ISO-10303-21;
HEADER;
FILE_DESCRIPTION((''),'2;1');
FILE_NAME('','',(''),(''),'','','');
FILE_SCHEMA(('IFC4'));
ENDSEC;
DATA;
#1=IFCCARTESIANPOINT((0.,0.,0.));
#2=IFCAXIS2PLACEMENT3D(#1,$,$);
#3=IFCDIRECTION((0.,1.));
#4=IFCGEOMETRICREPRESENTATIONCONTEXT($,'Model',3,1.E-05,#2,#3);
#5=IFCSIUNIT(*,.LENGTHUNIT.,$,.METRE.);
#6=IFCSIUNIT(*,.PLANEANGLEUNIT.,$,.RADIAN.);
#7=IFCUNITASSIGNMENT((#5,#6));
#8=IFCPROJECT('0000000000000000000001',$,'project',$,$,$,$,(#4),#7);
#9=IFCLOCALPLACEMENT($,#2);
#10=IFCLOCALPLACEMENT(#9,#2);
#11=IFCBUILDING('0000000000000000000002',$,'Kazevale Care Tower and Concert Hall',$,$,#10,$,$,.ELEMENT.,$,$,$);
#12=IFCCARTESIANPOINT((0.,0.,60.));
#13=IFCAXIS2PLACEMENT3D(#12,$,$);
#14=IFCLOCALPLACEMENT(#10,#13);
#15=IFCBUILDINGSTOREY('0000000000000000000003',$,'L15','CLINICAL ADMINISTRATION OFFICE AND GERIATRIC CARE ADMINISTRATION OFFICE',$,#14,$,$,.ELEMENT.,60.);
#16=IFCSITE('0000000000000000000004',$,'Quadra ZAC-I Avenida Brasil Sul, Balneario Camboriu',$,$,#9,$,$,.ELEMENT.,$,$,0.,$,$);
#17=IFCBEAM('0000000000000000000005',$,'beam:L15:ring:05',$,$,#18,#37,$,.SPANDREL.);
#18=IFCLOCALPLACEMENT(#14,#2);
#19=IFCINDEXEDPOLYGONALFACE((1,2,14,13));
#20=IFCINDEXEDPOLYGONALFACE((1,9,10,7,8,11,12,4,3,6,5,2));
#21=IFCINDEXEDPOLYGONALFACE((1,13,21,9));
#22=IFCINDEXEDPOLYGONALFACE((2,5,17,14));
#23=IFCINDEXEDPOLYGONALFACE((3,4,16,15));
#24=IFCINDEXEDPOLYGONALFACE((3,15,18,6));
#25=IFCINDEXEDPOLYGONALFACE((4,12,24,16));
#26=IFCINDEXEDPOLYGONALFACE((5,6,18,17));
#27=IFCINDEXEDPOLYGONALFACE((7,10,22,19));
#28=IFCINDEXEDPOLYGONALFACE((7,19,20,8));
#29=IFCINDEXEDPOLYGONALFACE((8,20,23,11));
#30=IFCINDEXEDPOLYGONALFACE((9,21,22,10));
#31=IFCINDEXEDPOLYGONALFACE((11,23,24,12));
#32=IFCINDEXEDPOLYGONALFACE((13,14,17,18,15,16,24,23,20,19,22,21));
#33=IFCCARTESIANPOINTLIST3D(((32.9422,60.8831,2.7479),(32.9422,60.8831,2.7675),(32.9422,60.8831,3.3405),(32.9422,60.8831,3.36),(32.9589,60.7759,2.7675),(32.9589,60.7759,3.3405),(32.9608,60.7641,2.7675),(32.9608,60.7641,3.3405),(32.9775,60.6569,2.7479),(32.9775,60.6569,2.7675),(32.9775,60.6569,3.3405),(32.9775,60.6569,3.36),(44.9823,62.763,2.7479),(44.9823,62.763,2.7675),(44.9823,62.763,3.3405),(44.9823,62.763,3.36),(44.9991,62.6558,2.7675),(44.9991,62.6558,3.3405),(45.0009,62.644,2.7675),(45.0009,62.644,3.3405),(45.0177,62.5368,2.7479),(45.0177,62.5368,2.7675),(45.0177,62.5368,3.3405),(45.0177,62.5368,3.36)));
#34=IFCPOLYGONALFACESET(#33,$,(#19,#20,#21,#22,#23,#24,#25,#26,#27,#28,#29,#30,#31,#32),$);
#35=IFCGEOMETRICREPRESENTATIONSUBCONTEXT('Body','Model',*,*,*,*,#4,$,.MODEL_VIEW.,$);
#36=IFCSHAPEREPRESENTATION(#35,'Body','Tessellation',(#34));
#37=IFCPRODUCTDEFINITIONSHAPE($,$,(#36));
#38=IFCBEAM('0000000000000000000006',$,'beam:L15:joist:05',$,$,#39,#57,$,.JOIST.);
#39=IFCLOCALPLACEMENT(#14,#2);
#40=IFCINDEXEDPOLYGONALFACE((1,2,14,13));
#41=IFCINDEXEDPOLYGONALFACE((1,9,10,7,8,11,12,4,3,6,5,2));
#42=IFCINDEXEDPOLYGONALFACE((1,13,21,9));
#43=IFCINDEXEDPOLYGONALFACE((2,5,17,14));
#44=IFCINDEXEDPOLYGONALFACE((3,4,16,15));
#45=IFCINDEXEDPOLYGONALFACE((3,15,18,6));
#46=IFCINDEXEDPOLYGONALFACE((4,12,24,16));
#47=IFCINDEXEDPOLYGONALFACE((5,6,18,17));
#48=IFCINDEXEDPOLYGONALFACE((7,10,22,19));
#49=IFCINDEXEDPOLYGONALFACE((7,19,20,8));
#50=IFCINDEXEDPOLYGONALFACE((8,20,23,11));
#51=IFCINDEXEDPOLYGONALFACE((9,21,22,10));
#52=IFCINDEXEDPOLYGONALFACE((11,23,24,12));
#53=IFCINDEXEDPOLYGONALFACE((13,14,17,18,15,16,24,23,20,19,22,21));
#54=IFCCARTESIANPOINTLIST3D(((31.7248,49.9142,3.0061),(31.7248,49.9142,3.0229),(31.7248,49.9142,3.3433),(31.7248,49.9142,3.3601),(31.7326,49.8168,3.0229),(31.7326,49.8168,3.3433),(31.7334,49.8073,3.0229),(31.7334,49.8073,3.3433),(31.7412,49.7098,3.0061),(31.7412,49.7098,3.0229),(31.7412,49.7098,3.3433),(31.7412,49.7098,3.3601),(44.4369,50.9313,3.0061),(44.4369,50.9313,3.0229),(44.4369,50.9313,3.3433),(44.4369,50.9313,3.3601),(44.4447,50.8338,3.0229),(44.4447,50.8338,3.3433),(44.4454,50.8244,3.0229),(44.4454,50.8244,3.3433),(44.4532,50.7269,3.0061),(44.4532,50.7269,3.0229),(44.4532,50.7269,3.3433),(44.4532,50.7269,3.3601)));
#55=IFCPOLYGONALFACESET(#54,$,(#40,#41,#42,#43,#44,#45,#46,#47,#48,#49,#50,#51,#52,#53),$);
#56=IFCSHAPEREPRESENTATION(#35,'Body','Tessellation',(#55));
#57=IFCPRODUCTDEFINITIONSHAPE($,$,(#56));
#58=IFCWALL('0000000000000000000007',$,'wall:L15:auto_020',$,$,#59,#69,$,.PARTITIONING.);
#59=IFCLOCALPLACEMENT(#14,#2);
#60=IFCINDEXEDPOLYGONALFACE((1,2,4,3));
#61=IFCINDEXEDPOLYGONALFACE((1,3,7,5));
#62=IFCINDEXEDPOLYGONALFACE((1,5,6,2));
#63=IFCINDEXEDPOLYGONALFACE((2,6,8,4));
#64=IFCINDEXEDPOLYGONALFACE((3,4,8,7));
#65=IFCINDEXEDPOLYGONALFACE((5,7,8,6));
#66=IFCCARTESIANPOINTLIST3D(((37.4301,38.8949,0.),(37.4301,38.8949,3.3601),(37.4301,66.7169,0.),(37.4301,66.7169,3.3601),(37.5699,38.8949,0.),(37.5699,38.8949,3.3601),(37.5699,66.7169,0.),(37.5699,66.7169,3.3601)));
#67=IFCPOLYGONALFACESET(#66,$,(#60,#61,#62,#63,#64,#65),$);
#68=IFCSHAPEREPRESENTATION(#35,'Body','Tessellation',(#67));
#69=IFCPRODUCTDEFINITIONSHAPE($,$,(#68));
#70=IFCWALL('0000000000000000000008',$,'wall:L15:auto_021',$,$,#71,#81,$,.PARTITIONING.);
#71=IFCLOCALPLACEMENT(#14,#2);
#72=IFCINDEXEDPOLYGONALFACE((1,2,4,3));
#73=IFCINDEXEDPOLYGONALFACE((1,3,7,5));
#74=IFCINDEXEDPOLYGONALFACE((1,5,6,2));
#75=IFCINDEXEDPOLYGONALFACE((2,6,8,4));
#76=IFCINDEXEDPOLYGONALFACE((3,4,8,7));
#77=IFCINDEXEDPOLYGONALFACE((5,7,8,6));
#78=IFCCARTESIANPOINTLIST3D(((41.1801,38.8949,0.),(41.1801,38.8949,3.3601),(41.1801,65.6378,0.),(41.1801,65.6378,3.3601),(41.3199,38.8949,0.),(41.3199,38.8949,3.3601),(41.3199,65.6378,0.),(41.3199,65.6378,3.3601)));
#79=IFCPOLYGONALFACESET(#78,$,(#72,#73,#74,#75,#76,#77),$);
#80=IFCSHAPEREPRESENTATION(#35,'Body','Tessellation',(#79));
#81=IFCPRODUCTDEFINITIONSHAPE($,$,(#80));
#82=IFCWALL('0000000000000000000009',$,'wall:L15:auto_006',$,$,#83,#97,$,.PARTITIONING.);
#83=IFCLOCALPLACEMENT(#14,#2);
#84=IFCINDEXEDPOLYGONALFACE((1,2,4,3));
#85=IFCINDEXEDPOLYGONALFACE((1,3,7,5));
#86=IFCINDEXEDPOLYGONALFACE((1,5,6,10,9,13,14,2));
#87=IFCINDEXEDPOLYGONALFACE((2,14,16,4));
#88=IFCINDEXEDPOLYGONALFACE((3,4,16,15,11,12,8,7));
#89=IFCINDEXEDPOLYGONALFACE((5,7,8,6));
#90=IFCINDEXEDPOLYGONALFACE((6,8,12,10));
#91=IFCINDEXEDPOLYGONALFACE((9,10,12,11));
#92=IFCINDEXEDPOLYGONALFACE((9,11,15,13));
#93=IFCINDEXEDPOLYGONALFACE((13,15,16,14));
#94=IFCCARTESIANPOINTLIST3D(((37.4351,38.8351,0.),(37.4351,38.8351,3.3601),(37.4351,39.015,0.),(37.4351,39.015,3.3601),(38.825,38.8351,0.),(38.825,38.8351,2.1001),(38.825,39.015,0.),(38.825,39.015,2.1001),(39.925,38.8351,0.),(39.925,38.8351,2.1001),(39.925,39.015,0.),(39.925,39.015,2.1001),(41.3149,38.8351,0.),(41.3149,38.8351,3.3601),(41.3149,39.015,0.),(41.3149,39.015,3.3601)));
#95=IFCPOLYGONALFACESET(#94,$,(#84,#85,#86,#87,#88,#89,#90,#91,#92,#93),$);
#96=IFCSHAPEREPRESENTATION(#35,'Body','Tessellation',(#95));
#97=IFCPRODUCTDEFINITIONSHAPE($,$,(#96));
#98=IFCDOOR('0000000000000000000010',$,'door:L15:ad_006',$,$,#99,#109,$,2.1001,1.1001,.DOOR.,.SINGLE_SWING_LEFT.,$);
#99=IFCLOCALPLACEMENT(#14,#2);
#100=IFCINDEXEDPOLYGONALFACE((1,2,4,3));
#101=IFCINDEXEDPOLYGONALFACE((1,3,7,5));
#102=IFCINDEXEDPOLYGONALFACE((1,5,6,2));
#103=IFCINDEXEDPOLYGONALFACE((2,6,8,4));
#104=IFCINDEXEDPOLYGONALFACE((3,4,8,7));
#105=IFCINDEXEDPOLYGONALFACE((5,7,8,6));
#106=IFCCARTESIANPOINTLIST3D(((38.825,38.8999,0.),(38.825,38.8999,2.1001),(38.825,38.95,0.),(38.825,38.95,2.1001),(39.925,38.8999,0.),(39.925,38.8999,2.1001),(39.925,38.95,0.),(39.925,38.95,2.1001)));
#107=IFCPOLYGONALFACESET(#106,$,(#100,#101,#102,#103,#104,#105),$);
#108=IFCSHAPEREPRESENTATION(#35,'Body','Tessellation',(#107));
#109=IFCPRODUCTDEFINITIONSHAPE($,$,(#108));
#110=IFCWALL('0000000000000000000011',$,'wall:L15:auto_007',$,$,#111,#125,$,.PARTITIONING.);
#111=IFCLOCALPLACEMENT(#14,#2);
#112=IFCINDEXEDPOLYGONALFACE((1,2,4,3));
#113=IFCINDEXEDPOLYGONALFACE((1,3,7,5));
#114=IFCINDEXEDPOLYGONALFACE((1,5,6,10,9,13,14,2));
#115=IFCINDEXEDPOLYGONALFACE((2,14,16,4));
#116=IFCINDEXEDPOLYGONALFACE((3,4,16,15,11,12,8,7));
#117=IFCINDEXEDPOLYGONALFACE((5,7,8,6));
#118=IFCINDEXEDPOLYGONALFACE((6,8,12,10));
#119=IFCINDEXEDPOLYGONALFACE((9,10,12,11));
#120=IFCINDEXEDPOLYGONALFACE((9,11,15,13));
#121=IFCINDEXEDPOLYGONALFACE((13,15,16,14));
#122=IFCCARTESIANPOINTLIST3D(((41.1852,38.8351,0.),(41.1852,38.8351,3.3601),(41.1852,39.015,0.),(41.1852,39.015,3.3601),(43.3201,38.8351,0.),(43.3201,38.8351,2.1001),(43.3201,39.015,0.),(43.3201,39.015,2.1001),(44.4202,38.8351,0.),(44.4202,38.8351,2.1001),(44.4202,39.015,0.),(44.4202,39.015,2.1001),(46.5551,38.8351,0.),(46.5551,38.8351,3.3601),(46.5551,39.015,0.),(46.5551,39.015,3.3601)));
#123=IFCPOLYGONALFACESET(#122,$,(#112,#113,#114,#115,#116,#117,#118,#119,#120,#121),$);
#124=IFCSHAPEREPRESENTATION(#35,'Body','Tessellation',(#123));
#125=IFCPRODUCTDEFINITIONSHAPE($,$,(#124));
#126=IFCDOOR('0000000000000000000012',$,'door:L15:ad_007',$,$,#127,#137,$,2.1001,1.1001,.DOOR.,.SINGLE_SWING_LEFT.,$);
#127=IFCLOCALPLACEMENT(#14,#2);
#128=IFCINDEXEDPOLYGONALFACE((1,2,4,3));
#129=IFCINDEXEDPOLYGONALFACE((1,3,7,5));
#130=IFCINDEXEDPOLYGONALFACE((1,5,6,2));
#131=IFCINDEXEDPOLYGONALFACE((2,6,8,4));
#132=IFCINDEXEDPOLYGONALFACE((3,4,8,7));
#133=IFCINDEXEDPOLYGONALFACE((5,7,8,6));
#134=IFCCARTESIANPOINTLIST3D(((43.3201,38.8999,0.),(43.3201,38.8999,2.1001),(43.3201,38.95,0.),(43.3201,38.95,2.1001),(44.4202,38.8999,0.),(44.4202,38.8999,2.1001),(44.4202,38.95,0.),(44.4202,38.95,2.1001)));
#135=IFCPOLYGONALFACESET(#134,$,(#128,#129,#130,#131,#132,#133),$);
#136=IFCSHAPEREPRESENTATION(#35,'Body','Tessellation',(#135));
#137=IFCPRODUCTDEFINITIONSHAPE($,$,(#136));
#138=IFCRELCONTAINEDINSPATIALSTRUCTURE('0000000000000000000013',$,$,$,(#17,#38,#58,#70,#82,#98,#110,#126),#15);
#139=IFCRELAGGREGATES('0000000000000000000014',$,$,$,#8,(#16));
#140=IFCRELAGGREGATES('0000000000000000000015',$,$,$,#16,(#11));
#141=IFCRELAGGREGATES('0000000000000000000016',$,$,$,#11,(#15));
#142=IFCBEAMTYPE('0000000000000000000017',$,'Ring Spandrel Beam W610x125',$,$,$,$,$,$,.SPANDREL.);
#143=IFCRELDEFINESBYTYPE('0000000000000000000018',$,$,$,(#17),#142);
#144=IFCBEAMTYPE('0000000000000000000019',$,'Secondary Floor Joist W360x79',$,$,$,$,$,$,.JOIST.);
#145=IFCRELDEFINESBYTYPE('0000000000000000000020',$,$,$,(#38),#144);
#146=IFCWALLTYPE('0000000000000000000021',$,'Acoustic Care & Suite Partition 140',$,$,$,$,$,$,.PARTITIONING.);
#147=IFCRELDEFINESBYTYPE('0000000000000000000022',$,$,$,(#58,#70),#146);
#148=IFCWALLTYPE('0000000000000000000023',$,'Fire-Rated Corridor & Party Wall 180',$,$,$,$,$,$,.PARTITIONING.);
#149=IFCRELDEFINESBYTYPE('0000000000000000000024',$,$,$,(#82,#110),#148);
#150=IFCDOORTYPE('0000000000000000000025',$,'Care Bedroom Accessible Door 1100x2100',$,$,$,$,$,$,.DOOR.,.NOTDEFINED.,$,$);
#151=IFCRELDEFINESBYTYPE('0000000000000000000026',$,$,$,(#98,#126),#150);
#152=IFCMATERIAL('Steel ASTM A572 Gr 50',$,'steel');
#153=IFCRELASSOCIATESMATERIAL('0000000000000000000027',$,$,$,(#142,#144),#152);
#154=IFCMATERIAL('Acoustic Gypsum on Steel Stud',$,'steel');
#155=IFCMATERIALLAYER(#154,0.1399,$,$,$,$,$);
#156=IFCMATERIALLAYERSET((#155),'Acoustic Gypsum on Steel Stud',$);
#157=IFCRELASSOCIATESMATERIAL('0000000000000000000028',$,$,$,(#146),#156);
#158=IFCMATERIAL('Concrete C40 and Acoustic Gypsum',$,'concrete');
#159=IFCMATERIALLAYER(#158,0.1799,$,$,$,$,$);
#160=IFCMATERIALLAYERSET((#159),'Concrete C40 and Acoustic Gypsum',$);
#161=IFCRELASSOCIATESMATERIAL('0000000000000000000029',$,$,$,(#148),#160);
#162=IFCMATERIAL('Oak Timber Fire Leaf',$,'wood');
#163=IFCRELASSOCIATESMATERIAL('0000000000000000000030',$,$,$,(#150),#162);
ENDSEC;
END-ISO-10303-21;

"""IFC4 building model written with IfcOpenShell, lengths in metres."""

from ifc_helpers import new_model, si_unit, direction, frame, frame_2d, origin, origin_2d, place, context, subcontext, project, spatial, rectangle, i_section, extrude, material, layer, layer_set, material_profile, profile_set, type_object, element, fill, save


model = new_model("IFC4")

# Units and contexts
model_context = context("Model", 3, precision=1e-05, world=origin(), true_north=direction((0.0, 1.0)))
body_context = subcontext(model_context, "Body", "Model", "MODEL_VIEW")
ifc_project = project(units=[si_unit("LENGTHUNIT", "METRE"), si_unit("PLANEANGLEUNIT", "RADIAN")], contexts=[model_context])

# Site, building, storey
site_placement = place(None, origin())
site = spatial("IfcSite", under=ifc_project, at=site_placement, Name="Quadra ZAC-I Avenida Brasil Sul, Balneario Camboriu", CompositionType="ELEMENT", RefElevation=0.0)
building_placement = place(site_placement, origin())
building = spatial("IfcBuilding", under=site, at=building_placement, Name="Kazevale Care Tower and Concert Hall", CompositionType="ELEMENT")
storey_placement = place(building_placement, frame((0.0, 0.0, 60.0)))
storey = spatial("IfcBuildingStorey", under=building, at=storey_placement, Name="L15", Description="CLINICAL ADMINISTRATION OFFICE AND GERIATRIC CARE ADMINISTRATION OFFICE", CompositionType="ELEMENT", Elevation=60.0)

# Beams
ifc_material_1 = material(Name="Steel ASTM A572 Gr 50", Category="steel")
ifc_material_profile_1 = material_profile(ifc_material_1, i_section(OverallWidth=0.229, OverallDepth=0.6121, WebThickness=0.012, FlangeThickness=0.0195, at=origin_2d()), Name="W610x125")
ifc_profile_set_1 = profile_set([ifc_material_profile_1], Name="Steel ASTM A572 Gr 50")
beam_type_1 = type_object("IfcBeamType", Name="Ring Spandrel Beam W610x125", PredefinedType="SPANDREL", material=ifc_profile_set_1)
beam_1_placement = place(storey_placement, frame((45.0, 62.6499, 3.054), z_axis=(-0.988029, -0.154267, 0.0), x_axis=(0.154267, -0.988029, 0.0)))
element("IfcBeam", 1, at=beam_1_placement, inside=storey, type_object=beam_type_1, Name="beam:L15:ring:05", PredefinedType="SPANDREL", context=body_context, shape_type="SweptSolid", body=[
    extrude(i_section(OverallWidth=0.229, OverallDepth=0.6121, WebThickness=0.012, FlangeThickness=0.0195, at=origin_2d()), origin(), (0.0, 0.0, 1.0), 12.186),
])
ifc_material_profile_2 = material_profile(ifc_material_1, i_section(OverallWidth=0.2051, OverallDepth=0.354, WebThickness=0.0095, FlangeThickness=0.0168, at=origin_2d()), Name="W360x79")
ifc_profile_set_2 = profile_set([ifc_material_profile_2], Name="Steel ASTM A572 Gr 50")
beam_type_2 = type_object("IfcBeamType", Name="Secondary Floor Joist W360x79", PredefinedType="JOIST", material=ifc_profile_set_2)
beam_2_placement = place(storey_placement, frame((44.4451, 50.8291, 3.1831), z_axis=(-0.996815, -0.079754, 0.0), x_axis=(0.079754, -0.996815, 0.0)))
element("IfcBeam", 2, at=beam_2_placement, inside=storey, type_object=beam_type_2, Name="beam:L15:joist:05", PredefinedType="JOIST", context=body_context, shape_type="SweptSolid", body=[
    extrude(i_section(OverallWidth=0.2051, OverallDepth=0.354, WebThickness=0.0095, FlangeThickness=0.0168, at=origin_2d()), origin(), (0.0, 0.0, 1.0), 12.7527),
])

# Walls
ifc_material_2 = material(Name="Acoustic Gypsum on Steel Stud", Category="steel")
ifc_layer_1 = layer(ifc_material_2, 0.1399)
ifc_layer_set_1 = layer_set([ifc_layer_1], Name="Acoustic Gypsum on Steel Stud")
wall_type_1 = type_object("IfcWallType", Name="Acoustic Care & Suite Partition 140", PredefinedType="PARTITIONING", material=ifc_layer_set_1)
wall_1_placement = place(storey_placement, frame((37.5, 66.717, 0.0), z_axis=(0.0, 0.0, 1.0), x_axis=(0.0, -1.0, 0.0)))
element("IfcWall", 3, at=wall_1_placement, inside=storey, type_object=wall_type_1, Name="wall:L15:auto_020", PredefinedType="PARTITIONING", context=body_context, shape_type="SweptSolid", body=[
    extrude(rectangle(XDim=27.822, YDim=0.1399, at=frame_2d((13.9111, 0.0))), origin(), (0.0, 0.0, 1.0), 3.3601),
])
wall_2_placement = place(storey_placement, frame((41.25, 65.6379, 0.0), z_axis=(0.0, 0.0, 1.0), x_axis=(0.0, -1.0, 0.0)))
element("IfcWall", 4, at=wall_2_placement, inside=storey, type_object=wall_type_1, Name="wall:L15:auto_021", PredefinedType="PARTITIONING", context=body_context, shape_type="SweptSolid", body=[
    extrude(rectangle(XDim=26.7429, YDim=0.1399, at=frame_2d((13.3716, 0.0))), origin(), (0.0, 0.0, 1.0), 3.3601),
])

# Walls, openings, doors
ifc_material_3 = material(Name="Concrete C40 and Acoustic Gypsum", Category="concrete")
ifc_layer_2 = layer(ifc_material_3, 0.1799)
ifc_layer_set_2 = layer_set([ifc_layer_2], Name="Concrete C40 and Acoustic Gypsum")
wall_type_2 = type_object("IfcWallType", Name="Fire-Rated Corridor & Party Wall 180", PredefinedType="PARTITIONING", material=ifc_layer_set_2)
wall_3_placement = place(storey_placement, frame((37.4351, 38.925, 0.0), z_axis=(0.0, 0.0, 1.0), x_axis=(1.0, 0.0, 0.0)))
wall_3 = element("IfcWall", 5, at=wall_3_placement, inside=storey, type_object=wall_type_2, Name="wall:L15:auto_006", PredefinedType="PARTITIONING", context=body_context, shape_type="SweptSolid", body=[
    extrude(rectangle(XDim=3.8799, YDim=0.1799, at=frame_2d((1.9399, 0.0))), origin(), (0.0, 0.0, 1.0), 3.3601),
])
opening_1_placement = place(wall_3_placement, frame((1.3899, 0.0, 0.0)))
opening_1 = element("IfcOpeningElement", 6, at=opening_1_placement, cuts=wall_3, PredefinedType="OPENING", context=body_context, shape_type="SweptSolid", body=[
    extrude(rectangle(XDim=1.1001, YDim=2.1001, at=frame_2d((0.55, 1.05))), frame((0.0, 0.0999, 0.0), z_axis=(0.0, -1.0, 0.0), x_axis=(1.0, 0.0, 0.0)), (0.0, 0.0, 1.0), 0.2),
])
ifc_material_4 = material(Name="Oak Timber Fire Leaf", Category="wood")
door_type = type_object("IfcDoorType", Name="Care Bedroom Accessible Door 1100x2100", OperationType="NOTDEFINED", PredefinedType="DOOR", material=ifc_material_4)
door_1_placement = place(opening_1_placement, origin())
door_1 = element("IfcDoor", 7, at=door_1_placement, inside=storey, type_object=door_type, Name="door:L15:ad_006", OperationType="SINGLE_SWING_LEFT", OverallHeight=2.1001, OverallWidth=1.1001, PredefinedType="DOOR", context=body_context, shape_type="SweptSolid", body=[
    extrude(rectangle(XDim=1.1001, YDim=2.1001, at=frame_2d((0.55, 1.05))), frame((0.0, 0.0249, 0.0), z_axis=(0.0, -1.0, 0.0), x_axis=(1.0, 0.0, 0.0)), (0.0, 0.0, 1.0), 0.05),
])
fill(opening_1, door_1)
wall_4_placement = place(storey_placement, frame((41.1851, 38.925, 0.0), z_axis=(0.0, 0.0, 1.0), x_axis=(1.0, 0.0, 0.0)))
wall_4 = element("IfcWall", 8, at=wall_4_placement, inside=storey, type_object=wall_type_2, Name="wall:L15:auto_007", PredefinedType="PARTITIONING", context=body_context, shape_type="SweptSolid", body=[
    extrude(rectangle(XDim=5.3699, YDim=0.1799, at=frame_2d((2.6851, 0.0))), origin(), (0.0, 0.0, 1.0), 3.3601),
])
opening_2_placement = place(wall_4_placement, frame((2.135, 0.0, 0.0)))
opening_2 = element("IfcOpeningElement", 9, at=opening_2_placement, cuts=wall_4, PredefinedType="OPENING", context=body_context, shape_type="SweptSolid", body=[
    extrude(rectangle(XDim=1.1001, YDim=2.1001, at=frame_2d((0.55, 1.05))), frame((0.0, 0.0999, 0.0), z_axis=(0.0, -1.0, 0.0), x_axis=(1.0, 0.0, 0.0)), (0.0, 0.0, 1.0), 0.2),
])
door_2_placement = place(opening_2_placement, origin())
door_2 = element("IfcDoor", 10, at=door_2_placement, inside=storey, type_object=door_type, Name="door:L15:ad_007", OperationType="SINGLE_SWING_LEFT", OverallHeight=2.1001, OverallWidth=1.1001, PredefinedType="DOOR", context=body_context, shape_type="SweptSolid", body=[
    extrude(rectangle(XDim=1.1001, YDim=2.1001, at=frame_2d((0.55, 1.05))), frame((0.0, 0.0249, 0.0), z_axis=(0.0, -1.0, 0.0), x_axis=(1.0, 0.0, 0.0)), (0.0, 0.0, 1.0), 0.05),
])
fill(opening_2, door_2)

save(model, "model.ifc")
